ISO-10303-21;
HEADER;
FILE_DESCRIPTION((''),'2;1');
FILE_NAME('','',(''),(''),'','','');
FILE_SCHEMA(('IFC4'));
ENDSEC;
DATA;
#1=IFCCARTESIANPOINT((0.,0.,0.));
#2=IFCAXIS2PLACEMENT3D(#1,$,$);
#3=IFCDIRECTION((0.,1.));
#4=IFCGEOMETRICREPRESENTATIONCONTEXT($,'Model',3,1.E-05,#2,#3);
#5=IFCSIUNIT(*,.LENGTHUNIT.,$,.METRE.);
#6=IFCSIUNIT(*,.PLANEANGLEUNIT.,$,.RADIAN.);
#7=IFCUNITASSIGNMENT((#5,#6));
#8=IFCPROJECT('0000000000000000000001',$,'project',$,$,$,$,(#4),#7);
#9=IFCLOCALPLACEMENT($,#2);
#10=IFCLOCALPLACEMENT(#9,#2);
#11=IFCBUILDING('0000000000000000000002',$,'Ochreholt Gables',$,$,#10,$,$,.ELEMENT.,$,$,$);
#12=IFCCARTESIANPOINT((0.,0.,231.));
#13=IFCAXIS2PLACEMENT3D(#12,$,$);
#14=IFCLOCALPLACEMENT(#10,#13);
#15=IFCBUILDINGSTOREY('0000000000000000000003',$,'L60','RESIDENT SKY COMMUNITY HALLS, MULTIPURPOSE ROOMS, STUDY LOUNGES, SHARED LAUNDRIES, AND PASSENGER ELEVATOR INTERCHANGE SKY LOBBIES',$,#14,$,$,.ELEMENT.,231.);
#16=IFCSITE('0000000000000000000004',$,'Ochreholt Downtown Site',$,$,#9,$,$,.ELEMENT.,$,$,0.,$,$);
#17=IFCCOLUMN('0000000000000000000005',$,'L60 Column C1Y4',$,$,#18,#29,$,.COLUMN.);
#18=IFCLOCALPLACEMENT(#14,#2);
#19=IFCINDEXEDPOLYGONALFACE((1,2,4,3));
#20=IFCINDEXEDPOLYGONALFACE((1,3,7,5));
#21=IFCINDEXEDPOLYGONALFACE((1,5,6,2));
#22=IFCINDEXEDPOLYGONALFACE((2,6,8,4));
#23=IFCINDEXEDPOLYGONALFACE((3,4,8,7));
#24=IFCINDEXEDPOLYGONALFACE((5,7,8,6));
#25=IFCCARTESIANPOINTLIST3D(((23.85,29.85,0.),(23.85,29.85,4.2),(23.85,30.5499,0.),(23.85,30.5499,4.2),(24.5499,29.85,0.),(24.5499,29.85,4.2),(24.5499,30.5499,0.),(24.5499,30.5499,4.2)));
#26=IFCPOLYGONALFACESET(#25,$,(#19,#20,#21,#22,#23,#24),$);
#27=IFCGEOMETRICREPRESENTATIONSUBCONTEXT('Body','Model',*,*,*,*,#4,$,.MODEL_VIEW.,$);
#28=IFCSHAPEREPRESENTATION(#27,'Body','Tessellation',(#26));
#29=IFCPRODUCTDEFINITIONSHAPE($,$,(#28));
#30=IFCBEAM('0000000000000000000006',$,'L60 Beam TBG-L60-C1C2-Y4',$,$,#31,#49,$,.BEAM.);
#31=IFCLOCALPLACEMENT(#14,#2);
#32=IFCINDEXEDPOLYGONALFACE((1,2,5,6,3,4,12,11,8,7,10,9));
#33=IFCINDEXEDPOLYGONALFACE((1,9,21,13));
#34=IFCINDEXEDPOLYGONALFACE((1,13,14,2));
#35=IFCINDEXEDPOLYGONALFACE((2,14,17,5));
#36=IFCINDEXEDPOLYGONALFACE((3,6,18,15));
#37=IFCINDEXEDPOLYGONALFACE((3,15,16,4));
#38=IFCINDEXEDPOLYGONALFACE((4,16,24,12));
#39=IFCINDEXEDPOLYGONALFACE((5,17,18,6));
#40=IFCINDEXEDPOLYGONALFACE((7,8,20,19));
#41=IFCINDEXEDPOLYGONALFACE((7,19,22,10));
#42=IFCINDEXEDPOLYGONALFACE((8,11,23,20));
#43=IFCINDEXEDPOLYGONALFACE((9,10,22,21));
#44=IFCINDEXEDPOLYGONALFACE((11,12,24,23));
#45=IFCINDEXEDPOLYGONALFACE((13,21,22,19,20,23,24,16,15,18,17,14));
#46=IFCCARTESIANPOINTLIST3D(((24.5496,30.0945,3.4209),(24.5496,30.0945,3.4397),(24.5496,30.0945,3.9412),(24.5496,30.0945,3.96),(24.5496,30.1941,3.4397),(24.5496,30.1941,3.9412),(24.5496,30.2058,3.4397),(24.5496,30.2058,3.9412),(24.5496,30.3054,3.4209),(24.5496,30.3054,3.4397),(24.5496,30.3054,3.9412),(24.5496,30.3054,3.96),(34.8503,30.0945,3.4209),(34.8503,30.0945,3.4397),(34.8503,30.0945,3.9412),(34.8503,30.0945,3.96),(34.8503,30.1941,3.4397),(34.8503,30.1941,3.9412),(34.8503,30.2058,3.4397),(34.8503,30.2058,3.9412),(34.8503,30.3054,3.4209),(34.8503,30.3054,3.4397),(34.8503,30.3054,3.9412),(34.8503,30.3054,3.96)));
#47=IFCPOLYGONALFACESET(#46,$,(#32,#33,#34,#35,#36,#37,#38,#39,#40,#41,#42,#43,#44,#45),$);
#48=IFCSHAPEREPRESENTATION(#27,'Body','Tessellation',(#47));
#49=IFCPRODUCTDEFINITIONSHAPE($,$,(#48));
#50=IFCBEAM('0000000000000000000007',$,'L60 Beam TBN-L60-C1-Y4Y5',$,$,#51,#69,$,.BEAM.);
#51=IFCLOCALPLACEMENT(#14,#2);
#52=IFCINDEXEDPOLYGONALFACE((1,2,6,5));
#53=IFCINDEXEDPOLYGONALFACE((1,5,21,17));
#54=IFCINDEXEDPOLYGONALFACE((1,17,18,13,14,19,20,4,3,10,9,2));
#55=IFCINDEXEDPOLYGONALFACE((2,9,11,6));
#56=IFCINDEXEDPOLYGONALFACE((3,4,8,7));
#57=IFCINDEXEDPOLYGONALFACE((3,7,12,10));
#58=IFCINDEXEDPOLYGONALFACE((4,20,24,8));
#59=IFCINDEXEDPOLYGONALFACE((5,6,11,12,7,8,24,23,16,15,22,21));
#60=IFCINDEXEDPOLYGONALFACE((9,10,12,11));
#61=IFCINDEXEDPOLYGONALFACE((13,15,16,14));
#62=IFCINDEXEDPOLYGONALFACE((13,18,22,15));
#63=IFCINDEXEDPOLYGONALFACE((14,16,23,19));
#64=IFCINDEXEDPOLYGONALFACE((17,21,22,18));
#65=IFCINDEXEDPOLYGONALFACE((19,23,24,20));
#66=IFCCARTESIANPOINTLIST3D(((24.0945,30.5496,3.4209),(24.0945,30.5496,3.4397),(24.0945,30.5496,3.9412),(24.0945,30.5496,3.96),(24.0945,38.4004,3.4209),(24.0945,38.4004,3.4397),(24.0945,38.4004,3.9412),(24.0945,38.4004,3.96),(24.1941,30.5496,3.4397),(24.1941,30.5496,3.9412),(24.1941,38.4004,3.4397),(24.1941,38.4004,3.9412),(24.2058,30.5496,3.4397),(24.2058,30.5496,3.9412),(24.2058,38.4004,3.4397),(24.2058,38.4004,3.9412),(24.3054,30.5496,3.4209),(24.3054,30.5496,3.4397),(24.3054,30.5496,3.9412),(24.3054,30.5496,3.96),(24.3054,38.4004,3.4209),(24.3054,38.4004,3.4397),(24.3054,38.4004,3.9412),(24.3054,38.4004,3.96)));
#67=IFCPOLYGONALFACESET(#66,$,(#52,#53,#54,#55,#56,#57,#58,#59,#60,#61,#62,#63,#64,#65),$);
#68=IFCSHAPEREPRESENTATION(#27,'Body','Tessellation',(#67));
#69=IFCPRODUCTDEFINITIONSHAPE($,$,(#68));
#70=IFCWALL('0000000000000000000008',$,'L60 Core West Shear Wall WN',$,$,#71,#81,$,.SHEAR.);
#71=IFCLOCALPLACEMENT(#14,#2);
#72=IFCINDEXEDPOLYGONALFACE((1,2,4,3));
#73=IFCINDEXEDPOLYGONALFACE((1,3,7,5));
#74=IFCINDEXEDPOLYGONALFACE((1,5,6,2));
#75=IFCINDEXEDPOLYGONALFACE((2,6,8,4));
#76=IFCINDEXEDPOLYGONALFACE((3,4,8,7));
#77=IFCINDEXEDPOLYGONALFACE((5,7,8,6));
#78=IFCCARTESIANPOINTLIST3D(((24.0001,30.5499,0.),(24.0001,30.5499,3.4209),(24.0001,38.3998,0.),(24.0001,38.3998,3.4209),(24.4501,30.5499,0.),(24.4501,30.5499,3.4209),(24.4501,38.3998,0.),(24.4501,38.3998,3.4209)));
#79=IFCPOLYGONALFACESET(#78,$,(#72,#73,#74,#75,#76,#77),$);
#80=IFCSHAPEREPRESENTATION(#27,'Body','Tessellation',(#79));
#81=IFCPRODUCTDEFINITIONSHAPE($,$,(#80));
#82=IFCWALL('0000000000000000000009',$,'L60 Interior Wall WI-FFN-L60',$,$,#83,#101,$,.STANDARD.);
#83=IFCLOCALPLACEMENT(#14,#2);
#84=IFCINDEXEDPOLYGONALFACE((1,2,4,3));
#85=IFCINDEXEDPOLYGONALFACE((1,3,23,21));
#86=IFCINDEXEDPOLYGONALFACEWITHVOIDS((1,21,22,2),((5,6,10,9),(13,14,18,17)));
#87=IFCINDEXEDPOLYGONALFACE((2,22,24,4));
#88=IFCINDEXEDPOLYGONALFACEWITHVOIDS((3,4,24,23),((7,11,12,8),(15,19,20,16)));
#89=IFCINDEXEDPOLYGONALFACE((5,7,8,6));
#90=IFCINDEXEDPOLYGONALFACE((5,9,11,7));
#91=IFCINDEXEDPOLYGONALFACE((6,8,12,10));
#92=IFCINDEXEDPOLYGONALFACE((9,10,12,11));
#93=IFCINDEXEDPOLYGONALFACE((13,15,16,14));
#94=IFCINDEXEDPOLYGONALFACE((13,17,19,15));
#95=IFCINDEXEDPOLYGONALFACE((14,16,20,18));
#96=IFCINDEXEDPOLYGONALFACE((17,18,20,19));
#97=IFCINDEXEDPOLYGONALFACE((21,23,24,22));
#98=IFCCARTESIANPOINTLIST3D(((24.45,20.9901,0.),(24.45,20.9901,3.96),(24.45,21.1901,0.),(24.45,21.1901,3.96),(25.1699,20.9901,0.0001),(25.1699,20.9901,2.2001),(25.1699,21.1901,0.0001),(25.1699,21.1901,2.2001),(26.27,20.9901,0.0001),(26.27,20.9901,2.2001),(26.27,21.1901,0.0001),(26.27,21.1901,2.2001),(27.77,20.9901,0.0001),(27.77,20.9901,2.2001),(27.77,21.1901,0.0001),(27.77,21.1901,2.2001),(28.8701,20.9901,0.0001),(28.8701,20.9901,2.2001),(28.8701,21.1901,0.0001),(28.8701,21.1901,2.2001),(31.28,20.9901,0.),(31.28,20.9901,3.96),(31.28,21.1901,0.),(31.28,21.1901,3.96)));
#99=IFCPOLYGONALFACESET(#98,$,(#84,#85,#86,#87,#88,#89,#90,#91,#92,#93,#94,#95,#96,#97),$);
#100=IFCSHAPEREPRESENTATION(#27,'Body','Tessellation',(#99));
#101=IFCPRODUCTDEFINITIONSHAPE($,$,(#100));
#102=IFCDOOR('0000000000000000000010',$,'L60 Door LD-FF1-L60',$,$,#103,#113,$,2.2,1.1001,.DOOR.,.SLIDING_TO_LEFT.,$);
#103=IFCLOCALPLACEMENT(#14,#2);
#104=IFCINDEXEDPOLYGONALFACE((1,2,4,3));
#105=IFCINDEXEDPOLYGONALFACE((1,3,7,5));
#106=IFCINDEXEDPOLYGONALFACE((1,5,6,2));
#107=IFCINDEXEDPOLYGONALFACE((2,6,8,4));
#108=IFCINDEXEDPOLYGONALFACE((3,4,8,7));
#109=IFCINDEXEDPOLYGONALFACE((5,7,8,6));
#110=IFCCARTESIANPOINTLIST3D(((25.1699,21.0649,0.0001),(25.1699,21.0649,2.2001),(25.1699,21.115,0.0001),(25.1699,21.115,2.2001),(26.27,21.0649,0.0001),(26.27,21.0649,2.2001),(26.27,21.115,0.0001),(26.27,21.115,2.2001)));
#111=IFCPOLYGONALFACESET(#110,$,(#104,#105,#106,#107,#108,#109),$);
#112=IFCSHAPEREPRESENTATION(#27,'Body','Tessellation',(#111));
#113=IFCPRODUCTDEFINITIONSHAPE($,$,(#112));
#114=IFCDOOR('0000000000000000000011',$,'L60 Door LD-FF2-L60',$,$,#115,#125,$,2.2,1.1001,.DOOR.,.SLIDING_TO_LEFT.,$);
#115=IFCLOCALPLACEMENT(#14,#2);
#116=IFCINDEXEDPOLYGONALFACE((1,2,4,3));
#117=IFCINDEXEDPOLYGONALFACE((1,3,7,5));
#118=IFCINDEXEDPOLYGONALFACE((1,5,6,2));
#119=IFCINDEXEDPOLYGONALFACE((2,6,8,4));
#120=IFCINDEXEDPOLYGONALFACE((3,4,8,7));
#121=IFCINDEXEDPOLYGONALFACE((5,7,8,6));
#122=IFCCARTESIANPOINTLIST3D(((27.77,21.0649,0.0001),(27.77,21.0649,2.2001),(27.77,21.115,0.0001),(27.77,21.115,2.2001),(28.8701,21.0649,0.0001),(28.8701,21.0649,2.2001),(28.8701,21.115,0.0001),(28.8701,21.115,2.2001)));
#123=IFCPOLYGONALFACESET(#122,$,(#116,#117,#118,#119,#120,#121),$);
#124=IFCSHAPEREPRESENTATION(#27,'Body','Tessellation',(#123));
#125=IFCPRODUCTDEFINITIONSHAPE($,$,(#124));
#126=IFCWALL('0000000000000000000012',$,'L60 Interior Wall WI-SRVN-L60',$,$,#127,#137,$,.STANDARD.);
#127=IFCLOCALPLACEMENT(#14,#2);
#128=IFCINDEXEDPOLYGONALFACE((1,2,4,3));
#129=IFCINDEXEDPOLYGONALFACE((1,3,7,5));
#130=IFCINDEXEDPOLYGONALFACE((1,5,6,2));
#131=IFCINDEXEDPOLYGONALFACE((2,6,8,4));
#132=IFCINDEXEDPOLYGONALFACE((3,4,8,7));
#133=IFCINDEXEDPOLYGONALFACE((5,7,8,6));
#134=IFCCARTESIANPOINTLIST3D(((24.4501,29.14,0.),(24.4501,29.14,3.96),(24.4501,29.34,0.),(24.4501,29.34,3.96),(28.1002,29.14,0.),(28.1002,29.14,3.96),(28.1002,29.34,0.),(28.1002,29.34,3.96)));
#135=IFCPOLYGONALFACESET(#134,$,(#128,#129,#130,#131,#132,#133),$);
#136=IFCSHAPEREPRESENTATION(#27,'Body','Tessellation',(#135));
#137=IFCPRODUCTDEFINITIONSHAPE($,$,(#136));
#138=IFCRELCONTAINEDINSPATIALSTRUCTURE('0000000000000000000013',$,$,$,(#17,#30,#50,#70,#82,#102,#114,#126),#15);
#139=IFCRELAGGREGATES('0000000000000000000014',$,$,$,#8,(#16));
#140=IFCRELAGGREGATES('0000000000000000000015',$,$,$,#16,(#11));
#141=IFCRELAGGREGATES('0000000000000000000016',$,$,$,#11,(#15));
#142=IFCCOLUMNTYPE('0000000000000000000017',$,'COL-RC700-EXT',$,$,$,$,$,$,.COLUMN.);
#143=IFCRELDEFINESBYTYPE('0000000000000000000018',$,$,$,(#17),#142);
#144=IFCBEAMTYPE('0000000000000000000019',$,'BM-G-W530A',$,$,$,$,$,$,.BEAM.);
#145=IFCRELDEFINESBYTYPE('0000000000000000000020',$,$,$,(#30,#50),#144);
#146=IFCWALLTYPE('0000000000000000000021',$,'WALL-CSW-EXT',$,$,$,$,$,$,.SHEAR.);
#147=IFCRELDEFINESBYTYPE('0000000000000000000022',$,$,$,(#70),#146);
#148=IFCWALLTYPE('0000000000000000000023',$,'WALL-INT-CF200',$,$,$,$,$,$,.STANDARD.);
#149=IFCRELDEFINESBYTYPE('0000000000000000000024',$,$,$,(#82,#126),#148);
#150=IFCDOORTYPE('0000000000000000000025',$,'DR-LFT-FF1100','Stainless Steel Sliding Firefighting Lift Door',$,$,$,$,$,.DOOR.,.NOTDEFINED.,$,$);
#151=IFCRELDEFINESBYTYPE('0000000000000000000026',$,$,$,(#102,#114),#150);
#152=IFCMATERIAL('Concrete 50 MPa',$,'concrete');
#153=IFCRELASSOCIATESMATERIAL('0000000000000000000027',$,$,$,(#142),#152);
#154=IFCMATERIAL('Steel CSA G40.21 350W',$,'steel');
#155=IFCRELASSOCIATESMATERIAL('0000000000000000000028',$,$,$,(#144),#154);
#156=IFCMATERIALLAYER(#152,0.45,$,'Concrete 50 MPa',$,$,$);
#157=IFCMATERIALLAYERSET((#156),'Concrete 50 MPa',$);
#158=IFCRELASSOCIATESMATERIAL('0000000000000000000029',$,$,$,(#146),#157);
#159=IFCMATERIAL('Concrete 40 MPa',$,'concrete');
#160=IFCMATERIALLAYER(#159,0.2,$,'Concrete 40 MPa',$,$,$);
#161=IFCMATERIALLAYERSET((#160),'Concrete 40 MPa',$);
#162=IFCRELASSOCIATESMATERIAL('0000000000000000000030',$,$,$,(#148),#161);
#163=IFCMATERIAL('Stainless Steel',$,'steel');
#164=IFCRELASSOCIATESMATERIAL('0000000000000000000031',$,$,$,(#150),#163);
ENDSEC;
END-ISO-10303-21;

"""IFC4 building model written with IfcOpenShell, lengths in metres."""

from ifc_helpers import new_model, si_unit, direction, frame, frame_2d, origin, origin_2d, place, context, subcontext, project, spatial, rectangle, i_section, extrude, material, layer, layer_set, material_profile, profile_set, type_object, element, fill, save


model = new_model("IFC4")

# Units and contexts
model_context = context("Model", 3, precision=1e-05, world=origin(), true_north=direction((0.0, 1.0)))
body_context = subcontext(model_context, "Body", "Model", "MODEL_VIEW")
ifc_project = project(units=[si_unit("LENGTHUNIT", "METRE"), si_unit("PLANEANGLEUNIT", "RADIAN")], contexts=[model_context])

# Site, building, storey
site_placement = place(None, origin())
site = spatial("IfcSite", under=ifc_project, at=site_placement, Name="Ochreholt Downtown Site", CompositionType="ELEMENT", RefElevation=0.0)
building_placement = place(site_placement, origin())
building = spatial("IfcBuilding", under=site, at=building_placement, Name="Ochreholt Gables", CompositionType="ELEMENT")
storey_placement = place(building_placement, frame((0.0, 0.0, 231.0)))
storey = spatial("IfcBuildingStorey", under=building, at=storey_placement, Name="L60", Description="RESIDENT SKY COMMUNITY HALLS, MULTIPURPOSE ROOMS, STUDY LOUNGES, SHARED LAUNDRIES, AND PASSENGER ELEVATOR INTERCHANGE SKY LOBBIES", CompositionType="ELEMENT", Elevation=231.0)

# Column
ifc_material_1 = material(Name="Concrete 50 MPa", Category="concrete")
ifc_material_profile_1 = material_profile(ifc_material_1, rectangle(XDim=0.7, YDim=0.7, at=origin_2d()), Name="RC700X700")
ifc_profile_set_1 = profile_set([ifc_material_profile_1], Name="Concrete 50 MPa")
column_type = type_object("IfcColumnType", Name="COL-RC700-EXT", PredefinedType="COLUMN", material=ifc_profile_set_1)
column_placement = place(storey_placement, frame((24.2, 30.2, 0.0), z_axis=(0.0, 0.0, 1.0), x_axis=(1.0, 0.0, 0.0)))
element("IfcColumn", 1, at=column_placement, inside=storey, type_object=column_type, Name="L60 Column C1Y4", PredefinedType="COLUMN", context=body_context, shape_type="SweptSolid", body=[
    extrude(rectangle(XDim=0.7, YDim=0.7, at=origin_2d()), origin(), (0.0, 0.0, 1.0), 4.2),
])

# Beams
ifc_material_2 = material(Name="Steel CSA G40.21 350W", Category="steel")
ifc_material_profile_2 = material_profile(ifc_material_2, i_section(OverallWidth=0.2109, OverallDepth=0.5391, WebThickness=0.0117, FlangeThickness=0.0188, at=origin_2d()), Name="W530X109")
ifc_profile_set_2 = profile_set([ifc_material_profile_2], Name="Steel CSA G40.21 350W")
beam_type = type_object("IfcBeamType", Name="BM-G-W530A", PredefinedType="BEAM", material=ifc_profile_set_2)
beam_1_placement = place(storey_placement, frame((24.5496, 30.2, 3.6904), z_axis=(1.0, 0.0, 0.0), x_axis=(0.0, 1.0, 0.0)))
element("IfcBeam", 2, at=beam_1_placement, inside=storey, type_object=beam_type, Name="L60 Beam TBG-L60-C1C2-Y4", PredefinedType="BEAM", context=body_context, shape_type="SweptSolid", body=[
    extrude(i_section(OverallWidth=0.2109, OverallDepth=0.5391, WebThickness=0.0117, FlangeThickness=0.0188, at=origin_2d()), origin(), (0.0, 0.0, 1.0), 10.3008),
])
beam_2_placement = place(storey_placement, frame((24.2, 30.5496, 3.6904), z_axis=(0.0, 1.0, 0.0), x_axis=(-1.0, 0.0, 0.0)))
element("IfcBeam", 3, at=beam_2_placement, inside=storey, type_object=beam_type, Name="L60 Beam TBN-L60-C1-Y4Y5", PredefinedType="BEAM", context=body_context, shape_type="SweptSolid", body=[
    extrude(i_section(OverallWidth=0.2109, OverallDepth=0.5391, WebThickness=0.0117, FlangeThickness=0.0188, at=origin_2d()), origin(), (0.0, 0.0, 1.0), 7.8508),
])

# Wall
ifc_layer_1 = layer(ifc_material_1, 0.45, Name="Concrete 50 MPa")
ifc_layer_set_1 = layer_set([ifc_layer_1], Name="Concrete 50 MPa")
wall_type_1 = type_object("IfcWallType", Name="WALL-CSW-EXT", PredefinedType="SHEAR", material=ifc_layer_set_1)
wall_1_placement = place(storey_placement, frame((24.2251, 30.55, 0.0), z_axis=(0.0, 0.0, 1.0), x_axis=(0.0, 1.0, 0.0)))
element("IfcWall", 4, at=wall_1_placement, inside=storey, type_object=wall_type_1, Name="L60 Core West Shear Wall WN", PredefinedType="SHEAR", context=body_context, shape_type="SweptSolid", body=[
    extrude(rectangle(XDim=7.8499, YDim=0.45, at=frame_2d((3.9248, 0.0))), origin(), (0.0, 0.0, 1.0), 3.4209),
])

# Wall, openings, doors
ifc_material_3 = material(Name="Concrete 40 MPa", Category="concrete")
ifc_layer_2 = layer(ifc_material_3, 0.2, Name="Concrete 40 MPa")
ifc_layer_set_2 = layer_set([ifc_layer_2], Name="Concrete 40 MPa")
wall_type_2 = type_object("IfcWallType", Name="WALL-INT-CF200", PredefinedType="STANDARD", material=ifc_layer_set_2)
wall_2_placement = place(storey_placement, frame((24.45, 21.0901, 0.0), z_axis=(0.0, 0.0, 1.0), x_axis=(1.0, 0.0, 0.0)))
wall_2 = element("IfcWall", 5, at=wall_2_placement, inside=storey, type_object=wall_type_2, Name="L60 Interior Wall WI-FFN-L60", PredefinedType="STANDARD", context=body_context, shape_type="SweptSolid", body=[
    extrude(rectangle(XDim=6.8301, YDim=0.2, at=frame_2d((3.415, 0.0))), origin(), (0.0, 0.0, 1.0), 3.96),
])
opening_1_placement = place(wall_2_placement, frame((0.72, 0.0, 0.0)))
opening_1 = element("IfcOpeningElement", 6, at=opening_1_placement, cuts=wall_2, PredefinedType="OPENING", context=body_context, shape_type="SweptSolid", body=[
    extrude(rectangle(XDim=1.1001, YDim=2.2, at=frame_2d((0.55, 1.1001))), frame((0.0, 0.1099, 0.0), z_axis=(0.0, -1.0, 0.0), x_axis=(1.0, 0.0, 0.0)), (0.0, 0.0, 1.0), 0.22),
])
opening_2_placement = place(wall_2_placement, frame((3.3201, 0.0, 0.0)))
opening_2 = element("IfcOpeningElement", 7, at=opening_2_placement, cuts=wall_2, PredefinedType="OPENING", context=body_context, shape_type="SweptSolid", body=[
    extrude(rectangle(XDim=1.1001, YDim=2.2, at=frame_2d((0.55, 1.1001))), frame((0.0, 0.1099, 0.0), z_axis=(0.0, -1.0, 0.0), x_axis=(1.0, 0.0, 0.0)), (0.0, 0.0, 1.0), 0.22),
])
ifc_material_4 = material(Name="Stainless Steel", Category="steel")
door_type_1 = type_object("IfcDoorType", Name="DR-LFT-FF1100", Description="Stainless Steel Sliding Firefighting Lift Door", OperationType="NOTDEFINED", PredefinedType="DOOR", material=ifc_material_4)
door_1_placement = place(opening_1_placement, origin())
door_1 = element("IfcDoor", 8, at=door_1_placement, inside=storey, type_object=door_type_1, Name="L60 Door LD-FF1-L60", OperationType="SLIDING_TO_LEFT", OverallHeight=2.2, OverallWidth=1.1001, PredefinedType="DOOR", context=body_context, shape_type="SweptSolid", body=[
    extrude(rectangle(XDim=1.1001, YDim=2.2, at=frame_2d((0.55, 1.1001))), frame((0.0, 0.0249, 0.0), z_axis=(0.0, -1.0, 0.0), x_axis=(1.0, 0.0, 0.0)), (0.0, 0.0, 1.0), 0.05),
])
fill(opening_1, door_1)
door_2_placement = place(opening_2_placement, origin())
door_2 = element("IfcDoor", 9, at=door_2_placement, inside=storey, type_object=door_type_1, Name="L60 Door LD-FF2-L60", OperationType="SLIDING_TO_LEFT", OverallHeight=2.2, OverallWidth=1.1001, PredefinedType="DOOR", context=body_context, shape_type="SweptSolid", body=[
    extrude(rectangle(XDim=1.1001, YDim=2.2, at=frame_2d((0.55, 1.1001))), frame((0.0, 0.0249, 0.0), z_axis=(0.0, -1.0, 0.0), x_axis=(1.0, 0.0, 0.0)), (0.0, 0.0, 1.0), 0.05),
])
fill(opening_2, door_2)

# Wall
wall_3_placement = place(storey_placement, frame((24.45, 29.24, 0.0), z_axis=(0.0, 0.0, 1.0), x_axis=(1.0, 0.0, 0.0)))
element("IfcWall", 10, at=wall_3_placement, inside=storey, type_object=wall_type_2, Name="L60 Interior Wall WI-SRVN-L60", PredefinedType="STANDARD", context=body_context, shape_type="SweptSolid", body=[
    extrude(rectangle(XDim=3.6501, YDim=0.2, at=frame_2d((1.8252, 0.0))), origin(), (0.0, 0.0, 1.0), 3.96),
])

save(model, "model.ifc")
